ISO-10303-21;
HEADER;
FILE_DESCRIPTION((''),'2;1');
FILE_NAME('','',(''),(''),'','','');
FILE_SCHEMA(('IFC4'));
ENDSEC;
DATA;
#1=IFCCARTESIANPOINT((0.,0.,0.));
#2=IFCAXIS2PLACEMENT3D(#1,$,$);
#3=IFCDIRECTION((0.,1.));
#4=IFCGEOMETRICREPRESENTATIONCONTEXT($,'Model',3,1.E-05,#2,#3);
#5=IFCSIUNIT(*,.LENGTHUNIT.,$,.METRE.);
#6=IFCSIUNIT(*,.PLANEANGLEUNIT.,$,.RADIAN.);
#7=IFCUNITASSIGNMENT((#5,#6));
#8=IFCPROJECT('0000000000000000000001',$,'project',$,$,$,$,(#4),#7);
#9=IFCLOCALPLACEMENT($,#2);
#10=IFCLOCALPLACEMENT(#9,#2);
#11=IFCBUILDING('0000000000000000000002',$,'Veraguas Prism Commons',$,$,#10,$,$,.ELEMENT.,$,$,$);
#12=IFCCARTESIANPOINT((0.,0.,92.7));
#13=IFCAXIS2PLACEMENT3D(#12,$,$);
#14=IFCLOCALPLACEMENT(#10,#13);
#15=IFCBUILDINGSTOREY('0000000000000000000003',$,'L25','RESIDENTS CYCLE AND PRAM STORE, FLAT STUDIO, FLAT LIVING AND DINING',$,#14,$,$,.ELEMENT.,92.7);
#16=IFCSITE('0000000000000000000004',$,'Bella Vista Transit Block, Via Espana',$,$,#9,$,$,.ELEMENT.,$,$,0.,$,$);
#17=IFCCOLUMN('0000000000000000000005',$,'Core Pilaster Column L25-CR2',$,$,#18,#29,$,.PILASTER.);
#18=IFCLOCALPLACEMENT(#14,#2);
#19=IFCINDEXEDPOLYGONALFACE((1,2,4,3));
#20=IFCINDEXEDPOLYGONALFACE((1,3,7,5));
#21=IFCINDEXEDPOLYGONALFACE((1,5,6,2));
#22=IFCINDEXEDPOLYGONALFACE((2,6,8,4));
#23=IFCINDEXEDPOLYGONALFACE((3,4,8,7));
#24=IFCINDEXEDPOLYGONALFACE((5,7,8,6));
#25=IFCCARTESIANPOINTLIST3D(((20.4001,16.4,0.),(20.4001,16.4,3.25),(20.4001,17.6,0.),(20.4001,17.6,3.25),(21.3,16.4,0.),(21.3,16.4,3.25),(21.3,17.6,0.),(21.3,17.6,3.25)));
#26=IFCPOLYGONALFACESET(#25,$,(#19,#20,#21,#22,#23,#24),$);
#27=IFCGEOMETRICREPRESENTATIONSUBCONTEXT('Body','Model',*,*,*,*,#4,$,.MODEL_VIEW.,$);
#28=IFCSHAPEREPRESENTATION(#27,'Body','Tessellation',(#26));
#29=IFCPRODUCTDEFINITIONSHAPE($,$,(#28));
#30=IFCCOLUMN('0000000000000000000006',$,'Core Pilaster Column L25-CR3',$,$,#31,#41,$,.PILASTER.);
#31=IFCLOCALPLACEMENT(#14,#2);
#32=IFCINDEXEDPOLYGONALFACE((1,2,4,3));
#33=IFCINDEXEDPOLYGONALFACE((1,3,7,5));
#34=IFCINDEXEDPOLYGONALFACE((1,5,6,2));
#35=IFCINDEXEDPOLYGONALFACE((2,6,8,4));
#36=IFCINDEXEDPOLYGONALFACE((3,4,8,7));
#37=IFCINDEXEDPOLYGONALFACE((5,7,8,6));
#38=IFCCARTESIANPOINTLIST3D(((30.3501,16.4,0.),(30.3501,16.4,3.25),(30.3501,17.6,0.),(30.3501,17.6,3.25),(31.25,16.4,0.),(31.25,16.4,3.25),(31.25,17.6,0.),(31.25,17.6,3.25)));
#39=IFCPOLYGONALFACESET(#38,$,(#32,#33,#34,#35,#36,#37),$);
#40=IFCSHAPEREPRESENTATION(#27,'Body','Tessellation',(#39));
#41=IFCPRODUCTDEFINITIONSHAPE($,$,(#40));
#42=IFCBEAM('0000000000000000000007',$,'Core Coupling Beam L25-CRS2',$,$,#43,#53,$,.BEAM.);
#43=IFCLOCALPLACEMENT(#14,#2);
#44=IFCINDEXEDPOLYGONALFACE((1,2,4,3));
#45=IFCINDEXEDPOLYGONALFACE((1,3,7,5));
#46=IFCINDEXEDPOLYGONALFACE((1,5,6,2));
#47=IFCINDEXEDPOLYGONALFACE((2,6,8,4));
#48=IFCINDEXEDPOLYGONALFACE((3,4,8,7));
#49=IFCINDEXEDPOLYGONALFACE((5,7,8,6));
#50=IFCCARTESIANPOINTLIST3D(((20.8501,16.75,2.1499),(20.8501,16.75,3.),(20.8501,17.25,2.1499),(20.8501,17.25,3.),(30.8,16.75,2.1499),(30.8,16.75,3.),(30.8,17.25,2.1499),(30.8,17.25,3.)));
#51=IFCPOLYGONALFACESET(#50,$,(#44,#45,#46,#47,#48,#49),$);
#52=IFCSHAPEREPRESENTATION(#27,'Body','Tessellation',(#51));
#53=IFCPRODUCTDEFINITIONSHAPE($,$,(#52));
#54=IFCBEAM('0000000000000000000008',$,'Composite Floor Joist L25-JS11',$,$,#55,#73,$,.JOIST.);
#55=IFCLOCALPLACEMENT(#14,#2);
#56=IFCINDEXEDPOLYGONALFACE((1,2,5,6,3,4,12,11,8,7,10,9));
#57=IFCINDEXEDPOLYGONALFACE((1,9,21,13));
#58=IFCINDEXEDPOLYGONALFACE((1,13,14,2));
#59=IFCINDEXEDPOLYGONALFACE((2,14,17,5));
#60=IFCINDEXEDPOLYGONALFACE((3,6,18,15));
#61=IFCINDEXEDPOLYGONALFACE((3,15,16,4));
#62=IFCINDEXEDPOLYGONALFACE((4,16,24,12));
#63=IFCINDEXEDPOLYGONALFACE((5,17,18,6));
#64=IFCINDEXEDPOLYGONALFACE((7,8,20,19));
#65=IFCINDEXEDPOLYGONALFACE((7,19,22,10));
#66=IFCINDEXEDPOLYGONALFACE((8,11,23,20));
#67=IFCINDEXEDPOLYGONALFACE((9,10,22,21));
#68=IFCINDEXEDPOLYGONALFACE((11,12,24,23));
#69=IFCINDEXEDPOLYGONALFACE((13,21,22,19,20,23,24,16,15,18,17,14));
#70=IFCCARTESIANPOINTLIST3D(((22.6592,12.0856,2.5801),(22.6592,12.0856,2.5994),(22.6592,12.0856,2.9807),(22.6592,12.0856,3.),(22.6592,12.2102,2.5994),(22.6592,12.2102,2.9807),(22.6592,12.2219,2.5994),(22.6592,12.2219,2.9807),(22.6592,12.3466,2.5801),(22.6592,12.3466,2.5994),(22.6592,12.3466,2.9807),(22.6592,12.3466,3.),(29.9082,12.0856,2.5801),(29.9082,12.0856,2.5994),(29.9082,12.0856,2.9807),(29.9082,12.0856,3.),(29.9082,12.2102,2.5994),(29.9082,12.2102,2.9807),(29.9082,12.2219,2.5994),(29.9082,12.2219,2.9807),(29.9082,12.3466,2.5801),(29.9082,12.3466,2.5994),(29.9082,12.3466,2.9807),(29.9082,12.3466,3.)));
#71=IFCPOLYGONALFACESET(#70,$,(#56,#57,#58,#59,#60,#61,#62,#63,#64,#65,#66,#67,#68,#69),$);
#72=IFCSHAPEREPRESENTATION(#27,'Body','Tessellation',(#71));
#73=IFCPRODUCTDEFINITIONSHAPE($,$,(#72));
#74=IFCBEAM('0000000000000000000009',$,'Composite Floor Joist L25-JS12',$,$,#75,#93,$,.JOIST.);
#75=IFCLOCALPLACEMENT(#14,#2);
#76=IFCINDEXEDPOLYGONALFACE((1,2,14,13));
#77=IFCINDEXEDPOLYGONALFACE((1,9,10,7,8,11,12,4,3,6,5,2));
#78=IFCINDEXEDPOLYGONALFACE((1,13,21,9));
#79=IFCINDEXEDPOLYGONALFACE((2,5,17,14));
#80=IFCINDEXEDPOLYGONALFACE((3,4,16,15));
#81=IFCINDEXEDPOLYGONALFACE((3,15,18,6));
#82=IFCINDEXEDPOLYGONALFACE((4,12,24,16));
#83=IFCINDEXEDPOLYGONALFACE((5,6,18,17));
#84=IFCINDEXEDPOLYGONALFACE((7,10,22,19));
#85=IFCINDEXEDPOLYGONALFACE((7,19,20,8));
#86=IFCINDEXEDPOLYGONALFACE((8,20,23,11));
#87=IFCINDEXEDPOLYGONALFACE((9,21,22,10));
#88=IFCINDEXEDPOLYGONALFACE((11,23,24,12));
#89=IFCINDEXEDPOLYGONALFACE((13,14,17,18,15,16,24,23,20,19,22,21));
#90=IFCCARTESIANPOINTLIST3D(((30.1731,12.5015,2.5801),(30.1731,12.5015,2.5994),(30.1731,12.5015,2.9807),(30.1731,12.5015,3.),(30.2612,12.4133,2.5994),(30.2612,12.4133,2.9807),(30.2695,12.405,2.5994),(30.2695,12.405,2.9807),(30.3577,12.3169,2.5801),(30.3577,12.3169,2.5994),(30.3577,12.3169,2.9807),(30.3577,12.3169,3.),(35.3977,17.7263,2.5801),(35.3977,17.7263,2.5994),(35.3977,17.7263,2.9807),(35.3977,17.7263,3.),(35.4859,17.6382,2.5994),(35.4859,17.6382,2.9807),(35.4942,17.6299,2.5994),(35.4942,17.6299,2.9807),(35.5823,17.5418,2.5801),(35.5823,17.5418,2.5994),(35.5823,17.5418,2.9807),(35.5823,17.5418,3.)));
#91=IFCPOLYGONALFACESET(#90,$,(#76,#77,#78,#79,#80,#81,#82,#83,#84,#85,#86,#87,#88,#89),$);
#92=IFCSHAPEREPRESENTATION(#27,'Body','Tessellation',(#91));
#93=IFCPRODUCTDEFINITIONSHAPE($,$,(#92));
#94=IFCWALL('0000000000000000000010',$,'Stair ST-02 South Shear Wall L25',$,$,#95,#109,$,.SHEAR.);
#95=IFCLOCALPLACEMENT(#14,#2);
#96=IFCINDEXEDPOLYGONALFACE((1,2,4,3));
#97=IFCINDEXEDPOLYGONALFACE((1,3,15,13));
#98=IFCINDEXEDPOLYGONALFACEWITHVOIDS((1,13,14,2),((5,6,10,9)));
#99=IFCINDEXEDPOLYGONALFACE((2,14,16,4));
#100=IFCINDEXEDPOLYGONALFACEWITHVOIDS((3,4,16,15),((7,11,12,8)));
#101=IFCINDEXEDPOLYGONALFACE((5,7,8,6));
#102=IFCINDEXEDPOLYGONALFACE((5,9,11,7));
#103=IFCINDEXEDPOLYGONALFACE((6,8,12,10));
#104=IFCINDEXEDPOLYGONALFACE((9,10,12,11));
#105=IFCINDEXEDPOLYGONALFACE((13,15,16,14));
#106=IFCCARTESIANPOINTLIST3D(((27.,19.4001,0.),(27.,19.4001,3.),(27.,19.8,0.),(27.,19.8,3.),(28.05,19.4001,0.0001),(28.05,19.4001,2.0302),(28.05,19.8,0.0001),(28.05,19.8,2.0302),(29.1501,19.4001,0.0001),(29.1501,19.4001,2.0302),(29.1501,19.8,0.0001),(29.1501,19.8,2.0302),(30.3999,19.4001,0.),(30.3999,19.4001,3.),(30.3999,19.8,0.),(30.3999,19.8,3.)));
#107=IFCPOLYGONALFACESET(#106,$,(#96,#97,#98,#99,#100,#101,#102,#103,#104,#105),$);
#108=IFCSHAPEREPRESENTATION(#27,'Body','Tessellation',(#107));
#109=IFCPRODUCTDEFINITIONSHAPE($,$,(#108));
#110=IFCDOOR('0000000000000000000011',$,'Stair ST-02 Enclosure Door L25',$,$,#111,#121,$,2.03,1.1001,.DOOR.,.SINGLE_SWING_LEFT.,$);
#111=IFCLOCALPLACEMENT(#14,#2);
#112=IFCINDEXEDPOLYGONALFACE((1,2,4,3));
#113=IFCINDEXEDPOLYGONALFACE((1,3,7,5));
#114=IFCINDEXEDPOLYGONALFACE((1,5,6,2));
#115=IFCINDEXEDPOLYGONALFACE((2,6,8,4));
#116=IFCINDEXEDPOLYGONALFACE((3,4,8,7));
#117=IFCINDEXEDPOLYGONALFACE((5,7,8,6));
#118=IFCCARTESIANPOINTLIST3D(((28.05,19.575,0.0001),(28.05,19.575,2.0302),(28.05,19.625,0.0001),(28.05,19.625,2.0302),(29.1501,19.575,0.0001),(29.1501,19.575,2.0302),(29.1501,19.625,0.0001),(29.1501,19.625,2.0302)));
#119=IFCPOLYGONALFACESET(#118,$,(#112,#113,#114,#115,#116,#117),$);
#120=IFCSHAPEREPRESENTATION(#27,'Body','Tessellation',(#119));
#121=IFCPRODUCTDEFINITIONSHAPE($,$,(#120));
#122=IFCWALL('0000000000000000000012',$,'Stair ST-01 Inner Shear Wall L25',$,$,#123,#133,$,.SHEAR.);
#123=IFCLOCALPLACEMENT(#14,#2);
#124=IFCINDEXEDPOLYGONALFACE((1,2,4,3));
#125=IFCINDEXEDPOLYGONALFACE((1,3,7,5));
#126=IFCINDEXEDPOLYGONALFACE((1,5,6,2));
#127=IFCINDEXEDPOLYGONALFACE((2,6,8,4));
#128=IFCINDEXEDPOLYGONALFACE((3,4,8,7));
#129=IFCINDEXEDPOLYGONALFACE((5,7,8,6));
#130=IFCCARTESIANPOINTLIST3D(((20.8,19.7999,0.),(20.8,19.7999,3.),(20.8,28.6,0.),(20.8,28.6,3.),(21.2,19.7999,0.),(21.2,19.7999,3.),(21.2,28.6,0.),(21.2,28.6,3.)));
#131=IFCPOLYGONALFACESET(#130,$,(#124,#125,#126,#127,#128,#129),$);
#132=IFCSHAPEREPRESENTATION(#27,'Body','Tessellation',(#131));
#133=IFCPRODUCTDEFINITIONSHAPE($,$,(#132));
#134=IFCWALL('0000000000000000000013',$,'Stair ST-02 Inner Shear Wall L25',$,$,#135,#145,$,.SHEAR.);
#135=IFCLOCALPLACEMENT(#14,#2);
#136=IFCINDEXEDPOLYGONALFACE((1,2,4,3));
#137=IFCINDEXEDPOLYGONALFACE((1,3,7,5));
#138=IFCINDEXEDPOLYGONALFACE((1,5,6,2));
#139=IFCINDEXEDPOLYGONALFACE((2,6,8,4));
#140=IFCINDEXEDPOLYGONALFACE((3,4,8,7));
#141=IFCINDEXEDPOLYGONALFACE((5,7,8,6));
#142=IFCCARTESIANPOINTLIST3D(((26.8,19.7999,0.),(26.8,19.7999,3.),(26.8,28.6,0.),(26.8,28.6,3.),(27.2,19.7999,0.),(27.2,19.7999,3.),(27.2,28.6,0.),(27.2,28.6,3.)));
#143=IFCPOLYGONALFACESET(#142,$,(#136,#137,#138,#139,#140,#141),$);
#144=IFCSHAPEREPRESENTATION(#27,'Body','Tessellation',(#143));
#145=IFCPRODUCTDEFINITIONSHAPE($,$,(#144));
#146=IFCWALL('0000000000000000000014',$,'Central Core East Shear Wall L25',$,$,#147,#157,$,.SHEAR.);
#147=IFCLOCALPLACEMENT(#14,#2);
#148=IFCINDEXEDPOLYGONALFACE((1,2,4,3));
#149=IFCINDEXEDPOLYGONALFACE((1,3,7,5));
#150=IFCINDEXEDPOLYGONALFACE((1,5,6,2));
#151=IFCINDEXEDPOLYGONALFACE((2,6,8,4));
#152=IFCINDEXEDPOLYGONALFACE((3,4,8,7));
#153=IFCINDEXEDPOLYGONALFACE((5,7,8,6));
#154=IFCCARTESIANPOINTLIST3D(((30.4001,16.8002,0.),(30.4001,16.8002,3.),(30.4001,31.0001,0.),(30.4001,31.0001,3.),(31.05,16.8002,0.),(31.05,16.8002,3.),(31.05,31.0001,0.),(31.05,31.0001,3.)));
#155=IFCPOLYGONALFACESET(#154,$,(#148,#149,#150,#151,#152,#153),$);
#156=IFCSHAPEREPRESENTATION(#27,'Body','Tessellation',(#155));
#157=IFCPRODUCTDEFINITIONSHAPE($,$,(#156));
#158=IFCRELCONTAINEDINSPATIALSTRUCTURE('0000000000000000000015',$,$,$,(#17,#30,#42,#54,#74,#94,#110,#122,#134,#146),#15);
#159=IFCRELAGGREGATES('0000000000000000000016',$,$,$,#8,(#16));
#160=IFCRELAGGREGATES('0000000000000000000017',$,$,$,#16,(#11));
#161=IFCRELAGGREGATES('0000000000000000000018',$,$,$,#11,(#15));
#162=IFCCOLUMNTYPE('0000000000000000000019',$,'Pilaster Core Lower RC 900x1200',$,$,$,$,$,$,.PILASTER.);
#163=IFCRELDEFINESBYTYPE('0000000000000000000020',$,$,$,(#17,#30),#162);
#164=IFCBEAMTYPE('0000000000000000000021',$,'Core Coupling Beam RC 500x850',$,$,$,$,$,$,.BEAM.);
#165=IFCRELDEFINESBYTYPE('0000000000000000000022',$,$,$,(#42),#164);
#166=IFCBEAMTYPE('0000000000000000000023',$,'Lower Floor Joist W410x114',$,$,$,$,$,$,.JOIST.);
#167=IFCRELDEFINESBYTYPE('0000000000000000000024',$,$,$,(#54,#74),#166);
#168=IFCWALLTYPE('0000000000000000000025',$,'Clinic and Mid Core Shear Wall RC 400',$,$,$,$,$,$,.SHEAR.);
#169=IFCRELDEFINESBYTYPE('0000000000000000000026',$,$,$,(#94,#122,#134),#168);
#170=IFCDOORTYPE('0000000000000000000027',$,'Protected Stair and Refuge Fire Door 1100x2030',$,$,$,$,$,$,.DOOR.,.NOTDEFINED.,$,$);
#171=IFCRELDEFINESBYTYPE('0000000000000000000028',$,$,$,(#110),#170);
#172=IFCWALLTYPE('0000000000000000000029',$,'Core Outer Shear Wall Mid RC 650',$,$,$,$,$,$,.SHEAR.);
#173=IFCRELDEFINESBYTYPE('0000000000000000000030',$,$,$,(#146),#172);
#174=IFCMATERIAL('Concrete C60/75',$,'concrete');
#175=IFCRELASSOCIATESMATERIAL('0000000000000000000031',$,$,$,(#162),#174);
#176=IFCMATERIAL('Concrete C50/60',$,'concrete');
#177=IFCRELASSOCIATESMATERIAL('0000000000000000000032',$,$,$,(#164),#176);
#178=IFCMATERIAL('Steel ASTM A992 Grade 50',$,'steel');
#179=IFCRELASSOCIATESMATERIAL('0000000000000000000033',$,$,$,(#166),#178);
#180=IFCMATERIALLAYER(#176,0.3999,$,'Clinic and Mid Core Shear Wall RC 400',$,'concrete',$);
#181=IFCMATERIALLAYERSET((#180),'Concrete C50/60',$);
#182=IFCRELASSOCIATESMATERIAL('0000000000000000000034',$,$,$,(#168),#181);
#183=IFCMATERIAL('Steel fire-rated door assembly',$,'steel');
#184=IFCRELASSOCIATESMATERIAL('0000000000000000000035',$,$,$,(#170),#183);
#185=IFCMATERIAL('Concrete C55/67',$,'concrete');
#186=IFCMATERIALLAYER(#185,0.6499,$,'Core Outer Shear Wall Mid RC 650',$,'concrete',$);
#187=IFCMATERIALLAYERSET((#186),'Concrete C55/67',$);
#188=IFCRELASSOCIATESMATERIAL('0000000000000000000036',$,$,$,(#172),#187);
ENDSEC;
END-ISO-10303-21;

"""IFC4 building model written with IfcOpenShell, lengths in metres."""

from ifc_helpers import new_model, si_unit, direction, frame, frame_2d, origin, origin_2d, place, context, subcontext, project, spatial, rectangle, i_section, extrude, source, transform, mapped, material, layer, layer_set, material_profile, profile_set, type_object, element, fill, save


model = new_model("IFC4")

# Units and contexts
model_context = context("Model", 3, precision=1e-05, world=origin(), true_north=direction((0.0, 1.0)))
body_context = subcontext(model_context, "Body", "Model", "MODEL_VIEW")
ifc_project = project(units=[si_unit("LENGTHUNIT", "METRE"), si_unit("PLANEANGLEUNIT", "RADIAN")], contexts=[model_context])

# Site, building, storey
site_placement = place(None, origin())
site = spatial("IfcSite", under=ifc_project, at=site_placement, Name="Bella Vista Transit Block, Via Espana", CompositionType="ELEMENT", RefElevation=0.0)
building_placement = place(site_placement, origin())
building = spatial("IfcBuilding", under=site, at=building_placement, Name="Veraguas Prism Commons", CompositionType="ELEMENT")
storey_placement = place(building_placement, frame((0.0, 0.0, 92.7)))
storey = spatial("IfcBuildingStorey", under=building, at=storey_placement, Name="L25", Description="RESIDENTS CYCLE AND PRAM STORE, FLAT STUDIO, FLAT LIVING AND DINING", CompositionType="ELEMENT", Elevation=92.7)

# Columns
ifc_material_1 = material(Name="Concrete C60/75", Category="concrete")
ifc_material_profile_1 = material_profile(ifc_material_1, rectangle(XDim=0.8999, YDim=1.2, at=origin_2d()), Name="RC900X1200")
ifc_profile_set_1 = profile_set([ifc_material_profile_1], Name="Concrete C60/75")
column_type = type_object("IfcColumnType", Name="Pilaster Core Lower RC 900x1200", PredefinedType="PILASTER", material=ifc_profile_set_1)
for number, where, z_axis, x_axis, name in (
    (1, (20.8501, 17.0, 0.0), (0.0, 0.0, 1.0), (1.0, 0.0, 0.0), "Core Pilaster Column L25-CR2"),
    (2, (30.8, 17.0, 0.0), (0.0, 0.0, 1.0), (1.0, 0.0, 0.0), "Core Pilaster Column L25-CR3"),
):
    element("IfcColumn", number, at=place(storey_placement, frame(where, z_axis=z_axis, x_axis=x_axis)), inside=storey, type_object=column_type, Name=name, PredefinedType="PILASTER", context=body_context, shape_type="SweptSolid", body=[
        extrude(rectangle(XDim=0.8999, YDim=1.2, at=origin_2d()), origin(), (0.0, 0.0, 1.0), 3.25),
    ])

# Beams
ifc_material_2 = material(Name="Concrete C50/60", Category="concrete")
ifc_material_profile_2 = material_profile(ifc_material_2, rectangle(XDim=0.5, YDim=0.8501, at=origin_2d()), Name="RC500X850")
ifc_profile_set_2 = profile_set([ifc_material_profile_2], Name="Concrete C50/60")
beam_type_1 = type_object("IfcBeamType", Name="Core Coupling Beam RC 500x850", PredefinedType="BEAM", material=ifc_profile_set_2)
beam_1_placement = place(storey_placement, frame((20.8501, 17.0, 2.575), z_axis=(1.0, 0.0, 0.0), x_axis=(0.0, 1.0, 0.0)))
element("IfcBeam", 3, at=beam_1_placement, inside=storey, type_object=beam_type_1, Name="Core Coupling Beam L25-CRS2", PredefinedType="BEAM", context=body_context, shape_type="SweptSolid", body=[
    extrude(rectangle(XDim=0.5, YDim=0.8501, at=origin_2d()), origin(), (0.0, 0.0, 1.0), 9.95),
])
ifc_material_3 = material(Name="Steel ASTM A992 Grade 50", Category="steel")
ifc_material_profile_3 = material_profile(ifc_material_3, i_section(OverallWidth=0.261, OverallDepth=0.4199, WebThickness=0.0117, FlangeThickness=0.0193, at=origin_2d()), Name="W410X114")
ifc_profile_set_3 = profile_set([ifc_material_profile_3], Name="Steel ASTM A992 Grade 50")
beam_type_2 = type_object("IfcBeamType", Name="Lower Floor Joist W410x114", PredefinedType="JOIST", material=ifc_profile_set_3)
beam_2_placement = place(storey_placement, frame((22.6592, 12.2161, 2.79), z_axis=(1.0, 0.0, 0.0), x_axis=(0.0, 1.0, 0.0)))
element("IfcBeam", 4, at=beam_2_placement, inside=storey, type_object=beam_type_2, Name="Composite Floor Joist L25-JS11", PredefinedType="JOIST", context=body_context, shape_type="SweptSolid", body=[
    extrude(i_section(OverallWidth=0.261, OverallDepth=0.4199, WebThickness=0.0117, FlangeThickness=0.0193, at=origin_2d()), origin(), (0.0, 0.0, 1.0), 7.249),
])
beam_3_placement = place(storey_placement, frame((30.2654, 12.4092, 2.79), z_axis=(0.70709, 0.707123, 0.0), x_axis=(-0.707123, 0.70709, 0.0)))
element("IfcBeam", 5, at=beam_3_placement, inside=storey, type_object=beam_type_2, Name="Composite Floor Joist L25-JS12", PredefinedType="JOIST", context=body_context, shape_type="SweptSolid", body=[
    extrude(i_section(OverallWidth=0.261, OverallDepth=0.4199, WebThickness=0.0117, FlangeThickness=0.0193, at=origin_2d()), origin(), (0.0, 0.0, 1.0), 7.3889),
])

# Wall, opening, door
ifc_layer_1 = layer(ifc_material_2, 0.3999, Name="Clinic and Mid Core Shear Wall RC 400", Category="concrete")
ifc_layer_set_1 = layer_set([ifc_layer_1], Name="Concrete C50/60")
wall_type_1 = type_object("IfcWallType", Name="Clinic and Mid Core Shear Wall RC 400", PredefinedType="SHEAR", material=ifc_layer_set_1)
wall_1_placement = place(storey_placement, frame((27.0, 19.6001, 0.0), z_axis=(0.0, 0.0, 1.0), x_axis=(1.0, 0.0, 0.0)))
wall_1 = element("IfcWall", 6, at=wall_1_placement, inside=storey, type_object=wall_type_1, Name="Stair ST-02 South Shear Wall L25", PredefinedType="SHEAR", context=body_context, shape_type="SweptSolid", body=[
    extrude(rectangle(XDim=3.3999, YDim=0.3999, at=frame_2d((1.7, 0.0))), origin(), (0.0, 0.0, 1.0), 3.0),
])
opening_1_placement = place(wall_1_placement, frame((1.05, 0.0, 0.0)))
opening_1 = element("IfcOpeningElement", 7, at=opening_1_placement, cuts=wall_1, PredefinedType="OPENING", context=body_context, shape_type="SweptSolid", body=[
    extrude(rectangle(XDim=1.1001, YDim=2.03, at=frame_2d((0.55, 1.0151))), frame((0.0, 0.21, 0.0), z_axis=(0.0, -1.0, 0.0), x_axis=(1.0, 0.0, 0.0)), (0.0, 0.0, 1.0), 0.4199),
])
ifc_material_4 = material(Name="Steel fire-rated door assembly", Category="steel")
door_type_1 = type_object("IfcDoorType", Name="Protected Stair and Refuge Fire Door 1100x2030", OperationType="NOTDEFINED", PredefinedType="DOOR", material=ifc_material_4)
shared_shape_1 = source(origin(), body_context, "Body", "SweptSolid", [
    extrude(rectangle(XDim=1.1001, YDim=2.03, at=frame_2d((0.55, 1.0151))), frame((0.0, 0.0249, 0.0), z_axis=(0.0, -1.0, 0.0), x_axis=(1.0, 0.0, 0.0)), (0.0, 0.0, 1.0), 0.05),
])
door_1_placement = place(opening_1_placement, origin())
door_1 = element("IfcDoor", 8, at=door_1_placement, inside=storey, type_object=door_type_1, Name="Stair ST-02 Enclosure Door L25", OperationType="SINGLE_SWING_LEFT", OverallHeight=2.03, OverallWidth=1.1001, PredefinedType="DOOR", context=body_context, shape_type="MappedRepresentation", body=[
    mapped(shared_shape_1, transform((0.0, 0.0, 0.0), scale=1.0)),
])
fill(opening_1, door_1)

# Walls
for number, where, z_axis, x_axis, name in (
    (9, (21.0, 19.8, 0.0), (0.0, 0.0, 1.0), (0.0, 1.0, 0.0), "Stair ST-01 Inner Shear Wall L25"),
    (10, (27.0, 19.8, 0.0), (0.0, 0.0, 1.0), (0.0, 1.0, 0.0), "Stair ST-02 Inner Shear Wall L25"),
):
    element("IfcWall", number, at=place(storey_placement, frame(where, z_axis=z_axis, x_axis=x_axis)), inside=storey, type_object=wall_type_1, Name=name, PredefinedType="SHEAR", context=body_context, shape_type="SweptSolid", body=[
        extrude(rectangle(XDim=8.8, YDim=0.3999, at=frame_2d((4.3999, 0.0))), origin(), (0.0, 0.0, 1.0), 3.0),
    ])
ifc_material_5 = material(Name="Concrete C55/67", Category="concrete")
ifc_layer_2 = layer(ifc_material_5, 0.6499, Name="Core Outer Shear Wall Mid RC 650", Category="concrete")
ifc_layer_set_2 = layer_set([ifc_layer_2], Name="Concrete C55/67")
wall_type_2 = type_object("IfcWallType", Name="Core Outer Shear Wall Mid RC 650", PredefinedType="SHEAR", material=ifc_layer_set_2)
wall_2_placement = place(storey_placement, frame((30.7251, 16.8, 0.0), z_axis=(0.0, 0.0, 1.0), x_axis=(0.0, 1.0, 0.0)))
element("IfcWall", 11, at=wall_2_placement, inside=storey, type_object=wall_type_2, Name="Central Core East Shear Wall L25", PredefinedType="SHEAR", context=body_context, shape_type="SweptSolid", body=[
    extrude(rectangle(XDim=14.2, YDim=0.6499, at=frame_2d((7.1001, 0.0))), origin(), (0.0, 0.0, 1.0), 3.0),
])

save(model, "model.ifc")
